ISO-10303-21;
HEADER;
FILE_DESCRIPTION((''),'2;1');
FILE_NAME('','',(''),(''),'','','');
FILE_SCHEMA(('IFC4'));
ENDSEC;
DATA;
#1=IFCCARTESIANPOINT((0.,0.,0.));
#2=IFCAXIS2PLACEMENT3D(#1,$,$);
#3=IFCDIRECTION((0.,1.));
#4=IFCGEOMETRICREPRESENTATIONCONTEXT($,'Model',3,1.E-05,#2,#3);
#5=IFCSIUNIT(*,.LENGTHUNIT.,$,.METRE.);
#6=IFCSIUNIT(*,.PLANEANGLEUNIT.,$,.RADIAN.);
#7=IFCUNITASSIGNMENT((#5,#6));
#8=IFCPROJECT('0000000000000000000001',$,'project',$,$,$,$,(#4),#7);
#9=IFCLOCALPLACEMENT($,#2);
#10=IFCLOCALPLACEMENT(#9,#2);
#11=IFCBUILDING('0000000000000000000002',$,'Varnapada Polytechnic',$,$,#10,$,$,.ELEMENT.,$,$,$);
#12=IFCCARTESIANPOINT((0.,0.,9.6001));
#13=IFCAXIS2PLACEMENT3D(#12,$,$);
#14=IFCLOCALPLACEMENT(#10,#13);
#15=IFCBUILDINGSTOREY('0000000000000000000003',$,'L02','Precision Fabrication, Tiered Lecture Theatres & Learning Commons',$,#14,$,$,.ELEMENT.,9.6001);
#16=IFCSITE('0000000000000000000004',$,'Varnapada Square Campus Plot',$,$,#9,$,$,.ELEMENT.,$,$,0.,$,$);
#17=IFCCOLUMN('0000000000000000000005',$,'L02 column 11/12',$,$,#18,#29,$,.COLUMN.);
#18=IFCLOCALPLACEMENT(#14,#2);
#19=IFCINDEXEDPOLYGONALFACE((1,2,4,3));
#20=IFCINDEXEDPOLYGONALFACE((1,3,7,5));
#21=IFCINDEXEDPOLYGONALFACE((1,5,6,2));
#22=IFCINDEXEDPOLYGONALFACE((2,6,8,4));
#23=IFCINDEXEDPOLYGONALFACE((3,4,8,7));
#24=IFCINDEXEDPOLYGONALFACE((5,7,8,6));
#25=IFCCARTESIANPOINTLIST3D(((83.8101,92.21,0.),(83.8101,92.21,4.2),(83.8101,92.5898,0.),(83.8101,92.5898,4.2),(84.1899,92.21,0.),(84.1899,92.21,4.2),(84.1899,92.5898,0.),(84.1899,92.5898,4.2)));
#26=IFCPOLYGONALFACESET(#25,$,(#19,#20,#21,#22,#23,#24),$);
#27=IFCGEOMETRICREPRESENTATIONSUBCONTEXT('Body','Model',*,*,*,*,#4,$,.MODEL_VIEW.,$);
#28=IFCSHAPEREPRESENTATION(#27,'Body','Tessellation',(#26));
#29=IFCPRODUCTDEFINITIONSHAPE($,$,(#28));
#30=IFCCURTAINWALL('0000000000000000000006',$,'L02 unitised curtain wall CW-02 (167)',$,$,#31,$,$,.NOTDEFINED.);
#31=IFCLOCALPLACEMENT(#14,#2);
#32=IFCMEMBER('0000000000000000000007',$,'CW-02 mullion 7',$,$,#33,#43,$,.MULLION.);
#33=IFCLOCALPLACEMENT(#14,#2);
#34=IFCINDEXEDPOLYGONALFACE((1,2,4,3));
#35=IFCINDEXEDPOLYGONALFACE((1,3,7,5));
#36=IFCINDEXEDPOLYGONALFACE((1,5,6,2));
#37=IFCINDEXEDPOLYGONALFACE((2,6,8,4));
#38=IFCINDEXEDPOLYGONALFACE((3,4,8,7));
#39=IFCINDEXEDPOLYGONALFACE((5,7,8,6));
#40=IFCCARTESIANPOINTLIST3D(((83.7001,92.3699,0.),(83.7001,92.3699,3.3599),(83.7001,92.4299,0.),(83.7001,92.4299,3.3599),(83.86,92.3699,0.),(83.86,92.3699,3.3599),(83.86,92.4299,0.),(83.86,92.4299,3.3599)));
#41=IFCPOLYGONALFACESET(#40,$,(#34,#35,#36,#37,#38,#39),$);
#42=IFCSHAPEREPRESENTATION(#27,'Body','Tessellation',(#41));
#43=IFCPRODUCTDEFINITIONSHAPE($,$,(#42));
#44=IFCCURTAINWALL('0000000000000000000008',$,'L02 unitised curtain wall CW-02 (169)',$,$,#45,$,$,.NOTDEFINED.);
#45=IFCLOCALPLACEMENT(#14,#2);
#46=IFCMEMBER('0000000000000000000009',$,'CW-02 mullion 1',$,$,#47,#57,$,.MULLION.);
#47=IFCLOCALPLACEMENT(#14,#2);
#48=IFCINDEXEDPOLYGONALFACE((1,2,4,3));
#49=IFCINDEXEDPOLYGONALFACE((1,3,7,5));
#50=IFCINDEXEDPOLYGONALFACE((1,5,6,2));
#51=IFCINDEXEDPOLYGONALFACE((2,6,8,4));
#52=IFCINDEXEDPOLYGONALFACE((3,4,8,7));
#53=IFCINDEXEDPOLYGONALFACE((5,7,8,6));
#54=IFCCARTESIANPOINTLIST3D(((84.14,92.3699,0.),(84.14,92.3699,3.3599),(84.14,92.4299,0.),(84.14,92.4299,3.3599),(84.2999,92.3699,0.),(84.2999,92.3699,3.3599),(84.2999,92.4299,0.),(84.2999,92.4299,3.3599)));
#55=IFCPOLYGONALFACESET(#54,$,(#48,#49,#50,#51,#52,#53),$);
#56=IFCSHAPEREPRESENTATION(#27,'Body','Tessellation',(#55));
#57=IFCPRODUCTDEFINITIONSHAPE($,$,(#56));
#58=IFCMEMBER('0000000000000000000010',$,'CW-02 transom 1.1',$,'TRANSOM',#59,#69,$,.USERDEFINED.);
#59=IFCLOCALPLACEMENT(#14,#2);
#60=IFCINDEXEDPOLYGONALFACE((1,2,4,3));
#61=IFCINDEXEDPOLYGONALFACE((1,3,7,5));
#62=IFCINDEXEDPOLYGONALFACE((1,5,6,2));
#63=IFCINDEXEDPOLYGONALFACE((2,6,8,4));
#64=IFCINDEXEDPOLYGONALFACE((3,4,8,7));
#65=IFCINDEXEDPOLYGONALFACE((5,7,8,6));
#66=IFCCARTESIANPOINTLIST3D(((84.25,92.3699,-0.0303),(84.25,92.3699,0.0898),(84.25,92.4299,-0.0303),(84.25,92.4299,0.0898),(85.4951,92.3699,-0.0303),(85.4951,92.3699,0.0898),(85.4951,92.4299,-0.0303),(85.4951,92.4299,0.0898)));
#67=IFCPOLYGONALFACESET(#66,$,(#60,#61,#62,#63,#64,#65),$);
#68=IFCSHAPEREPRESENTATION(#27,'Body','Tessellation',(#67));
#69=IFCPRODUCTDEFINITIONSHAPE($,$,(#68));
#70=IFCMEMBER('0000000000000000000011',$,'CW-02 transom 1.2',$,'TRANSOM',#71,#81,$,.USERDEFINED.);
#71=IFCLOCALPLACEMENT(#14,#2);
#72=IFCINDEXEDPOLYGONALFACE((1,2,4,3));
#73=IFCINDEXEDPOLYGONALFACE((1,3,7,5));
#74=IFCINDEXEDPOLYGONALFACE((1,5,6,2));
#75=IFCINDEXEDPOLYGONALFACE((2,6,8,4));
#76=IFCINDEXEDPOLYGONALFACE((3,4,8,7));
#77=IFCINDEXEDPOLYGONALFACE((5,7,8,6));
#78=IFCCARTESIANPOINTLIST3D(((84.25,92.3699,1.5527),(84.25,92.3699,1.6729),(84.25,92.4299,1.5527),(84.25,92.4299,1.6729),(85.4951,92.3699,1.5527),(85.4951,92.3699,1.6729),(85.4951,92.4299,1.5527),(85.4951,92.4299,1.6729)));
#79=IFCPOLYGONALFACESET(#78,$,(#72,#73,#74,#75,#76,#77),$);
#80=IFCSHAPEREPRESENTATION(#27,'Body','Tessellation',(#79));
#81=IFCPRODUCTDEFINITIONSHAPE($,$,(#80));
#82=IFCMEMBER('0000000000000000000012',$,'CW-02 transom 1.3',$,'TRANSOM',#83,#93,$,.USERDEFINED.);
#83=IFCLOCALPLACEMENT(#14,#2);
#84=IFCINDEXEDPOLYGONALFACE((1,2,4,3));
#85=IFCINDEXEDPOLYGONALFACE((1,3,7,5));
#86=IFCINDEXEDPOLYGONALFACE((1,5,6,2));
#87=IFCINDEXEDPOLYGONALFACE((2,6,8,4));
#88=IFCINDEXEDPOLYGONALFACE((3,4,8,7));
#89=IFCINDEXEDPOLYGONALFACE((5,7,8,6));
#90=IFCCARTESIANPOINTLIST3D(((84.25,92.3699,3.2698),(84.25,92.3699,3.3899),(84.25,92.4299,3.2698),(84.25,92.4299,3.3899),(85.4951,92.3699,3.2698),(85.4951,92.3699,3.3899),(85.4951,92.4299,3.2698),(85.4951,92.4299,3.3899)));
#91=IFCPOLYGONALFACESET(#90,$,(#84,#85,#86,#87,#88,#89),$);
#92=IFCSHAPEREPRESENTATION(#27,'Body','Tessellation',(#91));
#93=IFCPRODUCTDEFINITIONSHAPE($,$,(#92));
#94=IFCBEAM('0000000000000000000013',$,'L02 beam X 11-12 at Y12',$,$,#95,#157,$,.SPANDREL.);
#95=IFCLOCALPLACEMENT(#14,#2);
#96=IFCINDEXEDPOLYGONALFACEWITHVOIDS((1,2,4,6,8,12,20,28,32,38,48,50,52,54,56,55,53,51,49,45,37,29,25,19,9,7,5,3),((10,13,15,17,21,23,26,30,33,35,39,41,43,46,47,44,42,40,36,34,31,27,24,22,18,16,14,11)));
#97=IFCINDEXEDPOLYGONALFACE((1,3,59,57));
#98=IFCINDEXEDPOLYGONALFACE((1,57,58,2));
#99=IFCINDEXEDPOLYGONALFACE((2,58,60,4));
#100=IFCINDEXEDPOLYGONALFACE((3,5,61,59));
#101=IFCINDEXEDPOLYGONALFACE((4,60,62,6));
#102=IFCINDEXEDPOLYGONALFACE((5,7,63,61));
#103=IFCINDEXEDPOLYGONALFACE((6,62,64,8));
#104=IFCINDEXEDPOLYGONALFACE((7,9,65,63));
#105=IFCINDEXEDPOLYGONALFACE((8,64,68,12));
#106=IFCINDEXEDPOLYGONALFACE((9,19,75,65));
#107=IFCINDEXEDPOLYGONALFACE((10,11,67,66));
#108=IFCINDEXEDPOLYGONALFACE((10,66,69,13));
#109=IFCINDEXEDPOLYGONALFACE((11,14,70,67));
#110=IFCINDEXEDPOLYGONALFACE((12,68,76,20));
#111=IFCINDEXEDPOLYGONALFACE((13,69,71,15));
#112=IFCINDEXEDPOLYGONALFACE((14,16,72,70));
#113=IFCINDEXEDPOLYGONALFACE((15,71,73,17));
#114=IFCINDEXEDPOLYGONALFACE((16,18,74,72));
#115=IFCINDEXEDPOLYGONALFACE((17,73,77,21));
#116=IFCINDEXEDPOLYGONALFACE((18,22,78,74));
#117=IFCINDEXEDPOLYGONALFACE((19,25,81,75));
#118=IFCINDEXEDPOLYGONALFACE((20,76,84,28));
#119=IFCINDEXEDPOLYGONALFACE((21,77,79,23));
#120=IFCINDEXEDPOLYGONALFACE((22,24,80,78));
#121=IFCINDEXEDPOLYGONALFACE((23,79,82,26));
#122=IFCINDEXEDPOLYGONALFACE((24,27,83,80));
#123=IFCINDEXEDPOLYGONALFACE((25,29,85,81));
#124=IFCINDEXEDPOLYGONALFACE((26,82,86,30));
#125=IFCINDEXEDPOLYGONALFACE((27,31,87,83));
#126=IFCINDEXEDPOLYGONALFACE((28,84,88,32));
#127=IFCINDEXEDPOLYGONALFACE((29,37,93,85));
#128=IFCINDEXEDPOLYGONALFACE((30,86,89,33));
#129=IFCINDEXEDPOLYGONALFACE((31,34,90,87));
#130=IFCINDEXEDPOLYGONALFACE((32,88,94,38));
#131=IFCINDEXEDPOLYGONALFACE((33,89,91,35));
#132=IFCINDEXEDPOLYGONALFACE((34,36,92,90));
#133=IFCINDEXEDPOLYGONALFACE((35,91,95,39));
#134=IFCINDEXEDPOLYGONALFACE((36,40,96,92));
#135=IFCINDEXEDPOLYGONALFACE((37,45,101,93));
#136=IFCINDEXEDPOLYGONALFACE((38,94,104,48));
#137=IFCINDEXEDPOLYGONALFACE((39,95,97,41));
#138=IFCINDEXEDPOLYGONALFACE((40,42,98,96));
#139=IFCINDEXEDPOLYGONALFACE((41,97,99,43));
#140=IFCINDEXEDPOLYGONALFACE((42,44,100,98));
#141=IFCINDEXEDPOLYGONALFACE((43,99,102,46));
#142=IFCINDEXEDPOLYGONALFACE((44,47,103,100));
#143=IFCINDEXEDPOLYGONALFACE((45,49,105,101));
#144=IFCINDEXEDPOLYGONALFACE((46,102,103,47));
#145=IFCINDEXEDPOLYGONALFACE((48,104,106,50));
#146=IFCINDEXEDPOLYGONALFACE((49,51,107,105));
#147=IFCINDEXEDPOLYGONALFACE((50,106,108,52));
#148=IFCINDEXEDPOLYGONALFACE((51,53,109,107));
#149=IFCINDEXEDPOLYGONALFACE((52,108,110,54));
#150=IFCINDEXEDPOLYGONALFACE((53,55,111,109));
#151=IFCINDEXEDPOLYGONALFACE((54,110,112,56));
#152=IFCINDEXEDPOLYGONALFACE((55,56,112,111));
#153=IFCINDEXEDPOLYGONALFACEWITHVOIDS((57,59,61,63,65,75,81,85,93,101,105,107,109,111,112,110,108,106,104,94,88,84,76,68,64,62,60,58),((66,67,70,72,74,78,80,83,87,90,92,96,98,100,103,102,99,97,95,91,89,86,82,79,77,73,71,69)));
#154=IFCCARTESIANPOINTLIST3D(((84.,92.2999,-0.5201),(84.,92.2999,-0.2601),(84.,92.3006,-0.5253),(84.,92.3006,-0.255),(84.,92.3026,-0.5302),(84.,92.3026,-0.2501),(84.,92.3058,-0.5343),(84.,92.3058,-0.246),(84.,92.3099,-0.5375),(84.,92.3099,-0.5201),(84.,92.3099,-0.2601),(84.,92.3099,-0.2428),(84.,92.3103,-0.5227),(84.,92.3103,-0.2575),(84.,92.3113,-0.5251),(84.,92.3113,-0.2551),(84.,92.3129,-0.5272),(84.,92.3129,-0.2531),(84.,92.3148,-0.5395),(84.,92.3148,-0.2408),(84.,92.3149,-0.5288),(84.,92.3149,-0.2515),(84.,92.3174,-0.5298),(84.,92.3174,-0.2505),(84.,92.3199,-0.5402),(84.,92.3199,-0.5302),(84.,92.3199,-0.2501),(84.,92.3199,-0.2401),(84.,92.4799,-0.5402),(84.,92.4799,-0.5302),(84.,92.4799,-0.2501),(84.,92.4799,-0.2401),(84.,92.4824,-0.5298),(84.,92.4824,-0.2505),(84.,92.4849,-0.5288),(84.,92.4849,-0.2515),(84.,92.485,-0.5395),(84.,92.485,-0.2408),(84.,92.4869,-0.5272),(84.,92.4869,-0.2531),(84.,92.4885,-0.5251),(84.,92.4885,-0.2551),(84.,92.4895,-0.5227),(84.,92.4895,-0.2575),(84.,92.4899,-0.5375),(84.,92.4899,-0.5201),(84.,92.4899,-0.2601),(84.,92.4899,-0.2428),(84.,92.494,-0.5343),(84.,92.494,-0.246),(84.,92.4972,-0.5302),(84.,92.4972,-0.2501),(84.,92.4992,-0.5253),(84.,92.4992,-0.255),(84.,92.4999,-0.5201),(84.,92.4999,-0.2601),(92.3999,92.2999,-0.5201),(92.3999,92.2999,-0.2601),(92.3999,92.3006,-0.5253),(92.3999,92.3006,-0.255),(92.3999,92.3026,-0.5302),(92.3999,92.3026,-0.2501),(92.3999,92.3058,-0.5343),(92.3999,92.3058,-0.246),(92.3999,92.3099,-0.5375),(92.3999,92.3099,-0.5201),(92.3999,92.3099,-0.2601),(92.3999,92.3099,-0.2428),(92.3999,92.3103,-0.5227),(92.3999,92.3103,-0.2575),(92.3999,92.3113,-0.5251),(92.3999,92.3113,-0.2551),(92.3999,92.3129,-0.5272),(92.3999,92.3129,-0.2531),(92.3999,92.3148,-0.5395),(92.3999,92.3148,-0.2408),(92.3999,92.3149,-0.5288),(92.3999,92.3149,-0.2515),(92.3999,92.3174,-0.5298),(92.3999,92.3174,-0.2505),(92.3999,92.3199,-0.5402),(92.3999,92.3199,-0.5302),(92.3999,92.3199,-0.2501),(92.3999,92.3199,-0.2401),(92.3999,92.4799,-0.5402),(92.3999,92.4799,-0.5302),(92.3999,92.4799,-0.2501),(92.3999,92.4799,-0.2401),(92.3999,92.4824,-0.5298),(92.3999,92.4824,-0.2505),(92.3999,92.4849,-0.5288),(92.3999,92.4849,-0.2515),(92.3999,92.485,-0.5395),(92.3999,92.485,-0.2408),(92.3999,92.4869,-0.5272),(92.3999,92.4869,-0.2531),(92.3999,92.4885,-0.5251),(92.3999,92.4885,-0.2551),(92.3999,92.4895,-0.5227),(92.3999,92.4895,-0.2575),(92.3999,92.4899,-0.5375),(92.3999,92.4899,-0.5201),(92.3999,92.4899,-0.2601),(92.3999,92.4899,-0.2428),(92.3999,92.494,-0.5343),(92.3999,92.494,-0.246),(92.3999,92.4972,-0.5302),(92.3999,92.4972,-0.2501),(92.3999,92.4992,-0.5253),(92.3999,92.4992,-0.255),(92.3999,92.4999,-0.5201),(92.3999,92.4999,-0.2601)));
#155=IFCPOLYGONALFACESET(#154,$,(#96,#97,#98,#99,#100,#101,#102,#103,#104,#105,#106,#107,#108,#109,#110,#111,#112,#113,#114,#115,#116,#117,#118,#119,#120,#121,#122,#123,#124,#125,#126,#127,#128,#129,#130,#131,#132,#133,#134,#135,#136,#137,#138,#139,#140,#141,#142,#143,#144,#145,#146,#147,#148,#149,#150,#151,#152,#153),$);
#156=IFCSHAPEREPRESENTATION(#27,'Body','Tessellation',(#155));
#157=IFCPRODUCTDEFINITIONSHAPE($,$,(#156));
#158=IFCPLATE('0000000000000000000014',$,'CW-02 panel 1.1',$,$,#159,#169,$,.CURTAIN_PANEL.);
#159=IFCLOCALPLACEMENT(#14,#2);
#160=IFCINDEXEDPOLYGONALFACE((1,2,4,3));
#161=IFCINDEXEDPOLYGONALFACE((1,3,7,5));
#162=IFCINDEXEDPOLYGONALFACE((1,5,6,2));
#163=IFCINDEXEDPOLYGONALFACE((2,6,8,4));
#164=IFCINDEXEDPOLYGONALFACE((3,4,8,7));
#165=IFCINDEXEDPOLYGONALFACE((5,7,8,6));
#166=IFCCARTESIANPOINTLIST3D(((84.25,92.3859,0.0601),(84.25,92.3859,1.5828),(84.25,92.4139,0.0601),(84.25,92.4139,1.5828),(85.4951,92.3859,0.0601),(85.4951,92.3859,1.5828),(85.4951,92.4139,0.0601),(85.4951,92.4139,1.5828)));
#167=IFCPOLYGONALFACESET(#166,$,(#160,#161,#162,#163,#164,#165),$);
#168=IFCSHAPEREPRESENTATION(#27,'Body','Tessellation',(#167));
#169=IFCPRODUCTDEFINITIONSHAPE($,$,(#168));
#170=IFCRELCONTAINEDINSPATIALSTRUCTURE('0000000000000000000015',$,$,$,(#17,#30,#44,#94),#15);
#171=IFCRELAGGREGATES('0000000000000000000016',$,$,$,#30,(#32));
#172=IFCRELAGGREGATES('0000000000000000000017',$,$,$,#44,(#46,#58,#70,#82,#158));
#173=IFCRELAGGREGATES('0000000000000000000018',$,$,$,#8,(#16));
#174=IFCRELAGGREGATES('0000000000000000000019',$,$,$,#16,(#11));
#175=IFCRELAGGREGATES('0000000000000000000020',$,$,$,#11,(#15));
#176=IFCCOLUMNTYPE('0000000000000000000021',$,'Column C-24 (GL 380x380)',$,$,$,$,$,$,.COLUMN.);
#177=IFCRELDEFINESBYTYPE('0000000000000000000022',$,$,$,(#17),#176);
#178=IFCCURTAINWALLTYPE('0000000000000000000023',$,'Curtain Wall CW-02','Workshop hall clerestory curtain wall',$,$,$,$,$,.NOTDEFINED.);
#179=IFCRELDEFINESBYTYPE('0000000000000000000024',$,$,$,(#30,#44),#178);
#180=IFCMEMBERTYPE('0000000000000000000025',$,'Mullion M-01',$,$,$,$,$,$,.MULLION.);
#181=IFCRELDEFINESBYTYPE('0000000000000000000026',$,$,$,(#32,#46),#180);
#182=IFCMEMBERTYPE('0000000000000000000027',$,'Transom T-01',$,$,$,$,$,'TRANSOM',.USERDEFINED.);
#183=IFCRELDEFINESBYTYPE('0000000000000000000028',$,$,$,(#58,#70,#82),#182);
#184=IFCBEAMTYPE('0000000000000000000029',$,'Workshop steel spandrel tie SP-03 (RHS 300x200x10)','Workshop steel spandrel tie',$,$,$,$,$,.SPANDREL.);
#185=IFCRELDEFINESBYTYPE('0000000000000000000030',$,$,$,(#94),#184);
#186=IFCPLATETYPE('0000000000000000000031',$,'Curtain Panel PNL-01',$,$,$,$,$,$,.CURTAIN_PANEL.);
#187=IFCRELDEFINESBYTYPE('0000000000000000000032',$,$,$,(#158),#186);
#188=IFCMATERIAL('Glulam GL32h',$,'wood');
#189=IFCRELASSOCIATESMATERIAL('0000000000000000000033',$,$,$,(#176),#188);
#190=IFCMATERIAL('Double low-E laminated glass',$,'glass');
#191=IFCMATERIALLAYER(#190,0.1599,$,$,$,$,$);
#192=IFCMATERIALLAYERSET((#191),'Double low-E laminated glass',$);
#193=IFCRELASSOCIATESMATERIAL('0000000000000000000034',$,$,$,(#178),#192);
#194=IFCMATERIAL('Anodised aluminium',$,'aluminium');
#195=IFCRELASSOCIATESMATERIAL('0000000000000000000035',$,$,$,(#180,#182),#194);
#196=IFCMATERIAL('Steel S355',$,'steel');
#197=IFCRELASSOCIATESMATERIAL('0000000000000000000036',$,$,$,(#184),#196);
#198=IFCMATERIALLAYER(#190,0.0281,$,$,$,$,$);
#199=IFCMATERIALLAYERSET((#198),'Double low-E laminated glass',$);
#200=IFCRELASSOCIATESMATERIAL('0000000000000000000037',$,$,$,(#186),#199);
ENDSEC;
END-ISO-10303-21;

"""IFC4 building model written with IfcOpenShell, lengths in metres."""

from ifc_helpers import new_model, si_unit, direction, frame, origin, origin_2d, place, context, subcontext, project, spatial, rectangle, hollow_rectangle, extrude, material, layer, layer_set, material_profile, profile_set, type_object, element, aggregate, save


model = new_model("IFC4")

# Units and contexts
model_context = context("Model", 3, precision=1e-05, world=origin(), true_north=direction((0.0, 1.0)))
body_context = subcontext(model_context, "Body", "Model", "MODEL_VIEW")
ifc_project = project(units=[si_unit("LENGTHUNIT", "METRE"), si_unit("PLANEANGLEUNIT", "RADIAN")], contexts=[model_context])

# Site, building, storey
site_placement = place(None, origin())
site = spatial("IfcSite", under=ifc_project, at=site_placement, Name="Varnapada Square Campus Plot", CompositionType="ELEMENT", RefElevation=0.0)
building_placement = place(site_placement, origin())
building = spatial("IfcBuilding", under=site, at=building_placement, Name="Varnapada Polytechnic", CompositionType="ELEMENT")
storey_placement = place(building_placement, frame((0.0, 0.0, 9.6001)))
storey = spatial("IfcBuildingStorey", under=building, at=storey_placement, Name="L02", Description="Precision Fabrication, Tiered Lecture Theatres & Learning Commons", CompositionType="ELEMENT", Elevation=9.6001)

# Column
ifc_material_1 = material(Name="Glulam GL32h", Category="wood")
ifc_material_profile_1 = material_profile(ifc_material_1, rectangle(XDim=0.3799, YDim=0.3799, at=origin_2d()), Name="GL 380x380")
ifc_profile_set_1 = profile_set([ifc_material_profile_1], Name="Glulam GL32h")
column_type = type_object("IfcColumnType", Name="Column C-24 (GL 380x380)", PredefinedType="COLUMN", material=ifc_profile_set_1)
column_placement = place(storey_placement, frame((84.0, 92.3999, 0.0), z_axis=(0.0, 0.0, 1.0), x_axis=(1.0, 0.0, 0.0)))
element("IfcColumn", 1, at=column_placement, inside=storey, type_object=column_type, Name="L02 column 11/12", PredefinedType="COLUMN", context=body_context, shape_type="SweptSolid", body=[
    extrude(rectangle(XDim=0.3799, YDim=0.3799, at=origin_2d()), origin(), (0.0, 0.0, 1.0), 4.2),
])

# Curtain wall, member
ifc_material_2 = material(Name="Double low-E laminated glass", Category="glass")
ifc_layer_1 = layer(ifc_material_2, 0.1599)
ifc_layer_set_1 = layer_set([ifc_layer_1], Name="Double low-E laminated glass")
curtain_wall_type = type_object("IfcCurtainWallType", Name="Curtain Wall CW-02", Description="Workshop hall clerestory curtain wall", PredefinedType="NOTDEFINED", material=ifc_layer_set_1)
curtain_wall_1_placement = place(storey_placement, origin())
curtain_wall_1 = element("IfcCurtainWall", 2, at=curtain_wall_1_placement, inside=storey, type_object=curtain_wall_type, Name="L02 unitised curtain wall CW-02 (167)", PredefinedType="NOTDEFINED")
ifc_material_3 = material(Name="Anodised aluminium", Category="aluminium")
ifc_material_profile_2 = material_profile(ifc_material_3, rectangle(XDim=0.0601, YDim=0.1599, at=origin_2d()), Name="ALU M60x160")
ifc_profile_set_2 = profile_set([ifc_material_profile_2], Name="Anodised aluminium")
member_type_1 = type_object("IfcMemberType", Name="Mullion M-01", PredefinedType="MULLION", material=ifc_profile_set_2)
member_1_placement = place(storey_placement, frame((83.78, 92.3999, 0.0), z_axis=(0.0, 0.0, 1.0), x_axis=(0.0, 1.0, 0.0)))
member_1 = element("IfcMember", 3, at=member_1_placement, type_object=member_type_1, Name="CW-02 mullion 7", PredefinedType="MULLION", context=body_context, shape_type="SweptSolid", body=[
    extrude(rectangle(XDim=0.0601, YDim=0.1599, at=origin_2d()), origin(), (0.0, 0.0, 1.0), 3.3599),
])
aggregate(curtain_wall_1, [member_1])

# Curtain wall, members
curtain_wall_2_placement = place(storey_placement, origin())
curtain_wall_2 = element("IfcCurtainWall", 4, at=curtain_wall_2_placement, inside=storey, type_object=curtain_wall_type, Name="L02 unitised curtain wall CW-02 (169)", PredefinedType="NOTDEFINED")
member_2_placement = place(storey_placement, frame((84.22, 92.3999, 0.0), z_axis=(0.0, 0.0, 1.0), x_axis=(0.0, 1.0, 0.0)))
member_2 = element("IfcMember", 5, at=member_2_placement, type_object=member_type_1, Name="CW-02 mullion 1", PredefinedType="MULLION", context=body_context, shape_type="SweptSolid", body=[
    extrude(rectangle(XDim=0.0601, YDim=0.1599, at=origin_2d()), origin(), (0.0, 0.0, 1.0), 3.3599),
])
ifc_material_profile_3 = material_profile(ifc_material_3, rectangle(XDim=0.0601, YDim=0.1201, at=origin_2d()), Name="ALU T60x120")
ifc_profile_set_3 = profile_set([ifc_material_profile_3], Name="Anodised aluminium")
member_type_2 = type_object("IfcMemberType", Name="Transom T-01", ElementType="TRANSOM", PredefinedType="USERDEFINED", material=ifc_profile_set_3)
member_3_placement = place(storey_placement, frame((84.25, 92.3999, 0.0298), z_axis=(1.0, 0.0, 0.0), x_axis=(0.0, 1.0, 0.0)))
member_3 = element("IfcMember", 6, at=member_3_placement, type_object=member_type_2, Name="CW-02 transom 1.1", ObjectType="TRANSOM", PredefinedType="USERDEFINED", context=body_context, shape_type="SweptSolid", body=[
    extrude(rectangle(XDim=0.0601, YDim=0.1201, at=origin_2d()), origin(), (0.0, 0.0, 1.0), 1.2451),
])
member_4_placement = place(storey_placement, frame((84.25, 92.3999, 1.6128), z_axis=(1.0, 0.0, 0.0), x_axis=(0.0, 1.0, 0.0)))
member_4 = element("IfcMember", 7, at=member_4_placement, type_object=member_type_2, Name="CW-02 transom 1.2", ObjectType="TRANSOM", PredefinedType="USERDEFINED", context=body_context, shape_type="SweptSolid", body=[
    extrude(rectangle(XDim=0.0601, YDim=0.1201, at=origin_2d()), origin(), (0.0, 0.0, 1.0), 1.2451),
])
member_5_placement = place(storey_placement, frame((84.25, 92.3999, 3.3298), z_axis=(1.0, 0.0, 0.0), x_axis=(0.0, 1.0, 0.0)))
member_5 = element("IfcMember", 8, at=member_5_placement, type_object=member_type_2, Name="CW-02 transom 1.3", ObjectType="TRANSOM", PredefinedType="USERDEFINED", context=body_context, shape_type="SweptSolid", body=[
    extrude(rectangle(XDim=0.0601, YDim=0.1201, at=origin_2d()), origin(), (0.0, 0.0, 1.0), 1.2451),
])

# Beam
ifc_material_4 = material(Name="Steel S355", Category="steel")
ifc_material_profile_4 = material_profile(ifc_material_4, hollow_rectangle(XDim=0.2, YDim=0.3, WallThickness=0.01, InnerFilletRadius=0.01, OuterFilletRadius=0.02, at=origin_2d()), Name="RHS 300x200x10")
ifc_profile_set_4 = profile_set([ifc_material_profile_4], Name="Steel S355")
beam_type = type_object("IfcBeamType", Name="Workshop steel spandrel tie SP-03 (RHS 300x200x10)", Description="Workshop steel spandrel tie", PredefinedType="SPANDREL", material=ifc_profile_set_4)
beam_placement = place(storey_placement, frame((84.0, 92.3999, -0.3901), z_axis=(1.0, 0.0, 0.0), x_axis=(0.0, 1.0, 0.0)))
element("IfcBeam", 9, at=beam_placement, inside=storey, type_object=beam_type, Name="L02 beam X 11-12 at Y12", PredefinedType="SPANDREL", context=body_context, shape_type="SweptSolid", body=[
    extrude(hollow_rectangle(XDim=0.2, YDim=0.3, WallThickness=0.01, InnerFilletRadius=0.01, OuterFilletRadius=0.02, at=origin_2d()), origin(), (0.0, 0.0, 1.0), 8.3999),
])

# Plate
ifc_layer_2 = layer(ifc_material_2, 0.0281)
ifc_layer_set_2 = layer_set([ifc_layer_2], Name="Double low-E laminated glass")
plate_type = type_object("IfcPlateType", Name="Curtain Panel PNL-01", PredefinedType="CURTAIN_PANEL", material=ifc_layer_set_2)
plate_placement = place(storey_placement, frame((84.8726, 92.3999, 0.0601), z_axis=(0.0, 0.0, 1.0), x_axis=(1.0, 0.0, 0.0)))
plate = element("IfcPlate", 10, at=plate_placement, type_object=plate_type, Name="CW-02 panel 1.1", PredefinedType="CURTAIN_PANEL", context=body_context, shape_type="SweptSolid", body=[
    extrude(rectangle(XDim=1.2451, YDim=0.0281, at=origin_2d()), origin(), (0.0, 0.0, 1.0), 1.5227),
])
aggregate(curtain_wall_2, [member_2, member_3, member_4, member_5, plate])

save(model, "model.ifc")
